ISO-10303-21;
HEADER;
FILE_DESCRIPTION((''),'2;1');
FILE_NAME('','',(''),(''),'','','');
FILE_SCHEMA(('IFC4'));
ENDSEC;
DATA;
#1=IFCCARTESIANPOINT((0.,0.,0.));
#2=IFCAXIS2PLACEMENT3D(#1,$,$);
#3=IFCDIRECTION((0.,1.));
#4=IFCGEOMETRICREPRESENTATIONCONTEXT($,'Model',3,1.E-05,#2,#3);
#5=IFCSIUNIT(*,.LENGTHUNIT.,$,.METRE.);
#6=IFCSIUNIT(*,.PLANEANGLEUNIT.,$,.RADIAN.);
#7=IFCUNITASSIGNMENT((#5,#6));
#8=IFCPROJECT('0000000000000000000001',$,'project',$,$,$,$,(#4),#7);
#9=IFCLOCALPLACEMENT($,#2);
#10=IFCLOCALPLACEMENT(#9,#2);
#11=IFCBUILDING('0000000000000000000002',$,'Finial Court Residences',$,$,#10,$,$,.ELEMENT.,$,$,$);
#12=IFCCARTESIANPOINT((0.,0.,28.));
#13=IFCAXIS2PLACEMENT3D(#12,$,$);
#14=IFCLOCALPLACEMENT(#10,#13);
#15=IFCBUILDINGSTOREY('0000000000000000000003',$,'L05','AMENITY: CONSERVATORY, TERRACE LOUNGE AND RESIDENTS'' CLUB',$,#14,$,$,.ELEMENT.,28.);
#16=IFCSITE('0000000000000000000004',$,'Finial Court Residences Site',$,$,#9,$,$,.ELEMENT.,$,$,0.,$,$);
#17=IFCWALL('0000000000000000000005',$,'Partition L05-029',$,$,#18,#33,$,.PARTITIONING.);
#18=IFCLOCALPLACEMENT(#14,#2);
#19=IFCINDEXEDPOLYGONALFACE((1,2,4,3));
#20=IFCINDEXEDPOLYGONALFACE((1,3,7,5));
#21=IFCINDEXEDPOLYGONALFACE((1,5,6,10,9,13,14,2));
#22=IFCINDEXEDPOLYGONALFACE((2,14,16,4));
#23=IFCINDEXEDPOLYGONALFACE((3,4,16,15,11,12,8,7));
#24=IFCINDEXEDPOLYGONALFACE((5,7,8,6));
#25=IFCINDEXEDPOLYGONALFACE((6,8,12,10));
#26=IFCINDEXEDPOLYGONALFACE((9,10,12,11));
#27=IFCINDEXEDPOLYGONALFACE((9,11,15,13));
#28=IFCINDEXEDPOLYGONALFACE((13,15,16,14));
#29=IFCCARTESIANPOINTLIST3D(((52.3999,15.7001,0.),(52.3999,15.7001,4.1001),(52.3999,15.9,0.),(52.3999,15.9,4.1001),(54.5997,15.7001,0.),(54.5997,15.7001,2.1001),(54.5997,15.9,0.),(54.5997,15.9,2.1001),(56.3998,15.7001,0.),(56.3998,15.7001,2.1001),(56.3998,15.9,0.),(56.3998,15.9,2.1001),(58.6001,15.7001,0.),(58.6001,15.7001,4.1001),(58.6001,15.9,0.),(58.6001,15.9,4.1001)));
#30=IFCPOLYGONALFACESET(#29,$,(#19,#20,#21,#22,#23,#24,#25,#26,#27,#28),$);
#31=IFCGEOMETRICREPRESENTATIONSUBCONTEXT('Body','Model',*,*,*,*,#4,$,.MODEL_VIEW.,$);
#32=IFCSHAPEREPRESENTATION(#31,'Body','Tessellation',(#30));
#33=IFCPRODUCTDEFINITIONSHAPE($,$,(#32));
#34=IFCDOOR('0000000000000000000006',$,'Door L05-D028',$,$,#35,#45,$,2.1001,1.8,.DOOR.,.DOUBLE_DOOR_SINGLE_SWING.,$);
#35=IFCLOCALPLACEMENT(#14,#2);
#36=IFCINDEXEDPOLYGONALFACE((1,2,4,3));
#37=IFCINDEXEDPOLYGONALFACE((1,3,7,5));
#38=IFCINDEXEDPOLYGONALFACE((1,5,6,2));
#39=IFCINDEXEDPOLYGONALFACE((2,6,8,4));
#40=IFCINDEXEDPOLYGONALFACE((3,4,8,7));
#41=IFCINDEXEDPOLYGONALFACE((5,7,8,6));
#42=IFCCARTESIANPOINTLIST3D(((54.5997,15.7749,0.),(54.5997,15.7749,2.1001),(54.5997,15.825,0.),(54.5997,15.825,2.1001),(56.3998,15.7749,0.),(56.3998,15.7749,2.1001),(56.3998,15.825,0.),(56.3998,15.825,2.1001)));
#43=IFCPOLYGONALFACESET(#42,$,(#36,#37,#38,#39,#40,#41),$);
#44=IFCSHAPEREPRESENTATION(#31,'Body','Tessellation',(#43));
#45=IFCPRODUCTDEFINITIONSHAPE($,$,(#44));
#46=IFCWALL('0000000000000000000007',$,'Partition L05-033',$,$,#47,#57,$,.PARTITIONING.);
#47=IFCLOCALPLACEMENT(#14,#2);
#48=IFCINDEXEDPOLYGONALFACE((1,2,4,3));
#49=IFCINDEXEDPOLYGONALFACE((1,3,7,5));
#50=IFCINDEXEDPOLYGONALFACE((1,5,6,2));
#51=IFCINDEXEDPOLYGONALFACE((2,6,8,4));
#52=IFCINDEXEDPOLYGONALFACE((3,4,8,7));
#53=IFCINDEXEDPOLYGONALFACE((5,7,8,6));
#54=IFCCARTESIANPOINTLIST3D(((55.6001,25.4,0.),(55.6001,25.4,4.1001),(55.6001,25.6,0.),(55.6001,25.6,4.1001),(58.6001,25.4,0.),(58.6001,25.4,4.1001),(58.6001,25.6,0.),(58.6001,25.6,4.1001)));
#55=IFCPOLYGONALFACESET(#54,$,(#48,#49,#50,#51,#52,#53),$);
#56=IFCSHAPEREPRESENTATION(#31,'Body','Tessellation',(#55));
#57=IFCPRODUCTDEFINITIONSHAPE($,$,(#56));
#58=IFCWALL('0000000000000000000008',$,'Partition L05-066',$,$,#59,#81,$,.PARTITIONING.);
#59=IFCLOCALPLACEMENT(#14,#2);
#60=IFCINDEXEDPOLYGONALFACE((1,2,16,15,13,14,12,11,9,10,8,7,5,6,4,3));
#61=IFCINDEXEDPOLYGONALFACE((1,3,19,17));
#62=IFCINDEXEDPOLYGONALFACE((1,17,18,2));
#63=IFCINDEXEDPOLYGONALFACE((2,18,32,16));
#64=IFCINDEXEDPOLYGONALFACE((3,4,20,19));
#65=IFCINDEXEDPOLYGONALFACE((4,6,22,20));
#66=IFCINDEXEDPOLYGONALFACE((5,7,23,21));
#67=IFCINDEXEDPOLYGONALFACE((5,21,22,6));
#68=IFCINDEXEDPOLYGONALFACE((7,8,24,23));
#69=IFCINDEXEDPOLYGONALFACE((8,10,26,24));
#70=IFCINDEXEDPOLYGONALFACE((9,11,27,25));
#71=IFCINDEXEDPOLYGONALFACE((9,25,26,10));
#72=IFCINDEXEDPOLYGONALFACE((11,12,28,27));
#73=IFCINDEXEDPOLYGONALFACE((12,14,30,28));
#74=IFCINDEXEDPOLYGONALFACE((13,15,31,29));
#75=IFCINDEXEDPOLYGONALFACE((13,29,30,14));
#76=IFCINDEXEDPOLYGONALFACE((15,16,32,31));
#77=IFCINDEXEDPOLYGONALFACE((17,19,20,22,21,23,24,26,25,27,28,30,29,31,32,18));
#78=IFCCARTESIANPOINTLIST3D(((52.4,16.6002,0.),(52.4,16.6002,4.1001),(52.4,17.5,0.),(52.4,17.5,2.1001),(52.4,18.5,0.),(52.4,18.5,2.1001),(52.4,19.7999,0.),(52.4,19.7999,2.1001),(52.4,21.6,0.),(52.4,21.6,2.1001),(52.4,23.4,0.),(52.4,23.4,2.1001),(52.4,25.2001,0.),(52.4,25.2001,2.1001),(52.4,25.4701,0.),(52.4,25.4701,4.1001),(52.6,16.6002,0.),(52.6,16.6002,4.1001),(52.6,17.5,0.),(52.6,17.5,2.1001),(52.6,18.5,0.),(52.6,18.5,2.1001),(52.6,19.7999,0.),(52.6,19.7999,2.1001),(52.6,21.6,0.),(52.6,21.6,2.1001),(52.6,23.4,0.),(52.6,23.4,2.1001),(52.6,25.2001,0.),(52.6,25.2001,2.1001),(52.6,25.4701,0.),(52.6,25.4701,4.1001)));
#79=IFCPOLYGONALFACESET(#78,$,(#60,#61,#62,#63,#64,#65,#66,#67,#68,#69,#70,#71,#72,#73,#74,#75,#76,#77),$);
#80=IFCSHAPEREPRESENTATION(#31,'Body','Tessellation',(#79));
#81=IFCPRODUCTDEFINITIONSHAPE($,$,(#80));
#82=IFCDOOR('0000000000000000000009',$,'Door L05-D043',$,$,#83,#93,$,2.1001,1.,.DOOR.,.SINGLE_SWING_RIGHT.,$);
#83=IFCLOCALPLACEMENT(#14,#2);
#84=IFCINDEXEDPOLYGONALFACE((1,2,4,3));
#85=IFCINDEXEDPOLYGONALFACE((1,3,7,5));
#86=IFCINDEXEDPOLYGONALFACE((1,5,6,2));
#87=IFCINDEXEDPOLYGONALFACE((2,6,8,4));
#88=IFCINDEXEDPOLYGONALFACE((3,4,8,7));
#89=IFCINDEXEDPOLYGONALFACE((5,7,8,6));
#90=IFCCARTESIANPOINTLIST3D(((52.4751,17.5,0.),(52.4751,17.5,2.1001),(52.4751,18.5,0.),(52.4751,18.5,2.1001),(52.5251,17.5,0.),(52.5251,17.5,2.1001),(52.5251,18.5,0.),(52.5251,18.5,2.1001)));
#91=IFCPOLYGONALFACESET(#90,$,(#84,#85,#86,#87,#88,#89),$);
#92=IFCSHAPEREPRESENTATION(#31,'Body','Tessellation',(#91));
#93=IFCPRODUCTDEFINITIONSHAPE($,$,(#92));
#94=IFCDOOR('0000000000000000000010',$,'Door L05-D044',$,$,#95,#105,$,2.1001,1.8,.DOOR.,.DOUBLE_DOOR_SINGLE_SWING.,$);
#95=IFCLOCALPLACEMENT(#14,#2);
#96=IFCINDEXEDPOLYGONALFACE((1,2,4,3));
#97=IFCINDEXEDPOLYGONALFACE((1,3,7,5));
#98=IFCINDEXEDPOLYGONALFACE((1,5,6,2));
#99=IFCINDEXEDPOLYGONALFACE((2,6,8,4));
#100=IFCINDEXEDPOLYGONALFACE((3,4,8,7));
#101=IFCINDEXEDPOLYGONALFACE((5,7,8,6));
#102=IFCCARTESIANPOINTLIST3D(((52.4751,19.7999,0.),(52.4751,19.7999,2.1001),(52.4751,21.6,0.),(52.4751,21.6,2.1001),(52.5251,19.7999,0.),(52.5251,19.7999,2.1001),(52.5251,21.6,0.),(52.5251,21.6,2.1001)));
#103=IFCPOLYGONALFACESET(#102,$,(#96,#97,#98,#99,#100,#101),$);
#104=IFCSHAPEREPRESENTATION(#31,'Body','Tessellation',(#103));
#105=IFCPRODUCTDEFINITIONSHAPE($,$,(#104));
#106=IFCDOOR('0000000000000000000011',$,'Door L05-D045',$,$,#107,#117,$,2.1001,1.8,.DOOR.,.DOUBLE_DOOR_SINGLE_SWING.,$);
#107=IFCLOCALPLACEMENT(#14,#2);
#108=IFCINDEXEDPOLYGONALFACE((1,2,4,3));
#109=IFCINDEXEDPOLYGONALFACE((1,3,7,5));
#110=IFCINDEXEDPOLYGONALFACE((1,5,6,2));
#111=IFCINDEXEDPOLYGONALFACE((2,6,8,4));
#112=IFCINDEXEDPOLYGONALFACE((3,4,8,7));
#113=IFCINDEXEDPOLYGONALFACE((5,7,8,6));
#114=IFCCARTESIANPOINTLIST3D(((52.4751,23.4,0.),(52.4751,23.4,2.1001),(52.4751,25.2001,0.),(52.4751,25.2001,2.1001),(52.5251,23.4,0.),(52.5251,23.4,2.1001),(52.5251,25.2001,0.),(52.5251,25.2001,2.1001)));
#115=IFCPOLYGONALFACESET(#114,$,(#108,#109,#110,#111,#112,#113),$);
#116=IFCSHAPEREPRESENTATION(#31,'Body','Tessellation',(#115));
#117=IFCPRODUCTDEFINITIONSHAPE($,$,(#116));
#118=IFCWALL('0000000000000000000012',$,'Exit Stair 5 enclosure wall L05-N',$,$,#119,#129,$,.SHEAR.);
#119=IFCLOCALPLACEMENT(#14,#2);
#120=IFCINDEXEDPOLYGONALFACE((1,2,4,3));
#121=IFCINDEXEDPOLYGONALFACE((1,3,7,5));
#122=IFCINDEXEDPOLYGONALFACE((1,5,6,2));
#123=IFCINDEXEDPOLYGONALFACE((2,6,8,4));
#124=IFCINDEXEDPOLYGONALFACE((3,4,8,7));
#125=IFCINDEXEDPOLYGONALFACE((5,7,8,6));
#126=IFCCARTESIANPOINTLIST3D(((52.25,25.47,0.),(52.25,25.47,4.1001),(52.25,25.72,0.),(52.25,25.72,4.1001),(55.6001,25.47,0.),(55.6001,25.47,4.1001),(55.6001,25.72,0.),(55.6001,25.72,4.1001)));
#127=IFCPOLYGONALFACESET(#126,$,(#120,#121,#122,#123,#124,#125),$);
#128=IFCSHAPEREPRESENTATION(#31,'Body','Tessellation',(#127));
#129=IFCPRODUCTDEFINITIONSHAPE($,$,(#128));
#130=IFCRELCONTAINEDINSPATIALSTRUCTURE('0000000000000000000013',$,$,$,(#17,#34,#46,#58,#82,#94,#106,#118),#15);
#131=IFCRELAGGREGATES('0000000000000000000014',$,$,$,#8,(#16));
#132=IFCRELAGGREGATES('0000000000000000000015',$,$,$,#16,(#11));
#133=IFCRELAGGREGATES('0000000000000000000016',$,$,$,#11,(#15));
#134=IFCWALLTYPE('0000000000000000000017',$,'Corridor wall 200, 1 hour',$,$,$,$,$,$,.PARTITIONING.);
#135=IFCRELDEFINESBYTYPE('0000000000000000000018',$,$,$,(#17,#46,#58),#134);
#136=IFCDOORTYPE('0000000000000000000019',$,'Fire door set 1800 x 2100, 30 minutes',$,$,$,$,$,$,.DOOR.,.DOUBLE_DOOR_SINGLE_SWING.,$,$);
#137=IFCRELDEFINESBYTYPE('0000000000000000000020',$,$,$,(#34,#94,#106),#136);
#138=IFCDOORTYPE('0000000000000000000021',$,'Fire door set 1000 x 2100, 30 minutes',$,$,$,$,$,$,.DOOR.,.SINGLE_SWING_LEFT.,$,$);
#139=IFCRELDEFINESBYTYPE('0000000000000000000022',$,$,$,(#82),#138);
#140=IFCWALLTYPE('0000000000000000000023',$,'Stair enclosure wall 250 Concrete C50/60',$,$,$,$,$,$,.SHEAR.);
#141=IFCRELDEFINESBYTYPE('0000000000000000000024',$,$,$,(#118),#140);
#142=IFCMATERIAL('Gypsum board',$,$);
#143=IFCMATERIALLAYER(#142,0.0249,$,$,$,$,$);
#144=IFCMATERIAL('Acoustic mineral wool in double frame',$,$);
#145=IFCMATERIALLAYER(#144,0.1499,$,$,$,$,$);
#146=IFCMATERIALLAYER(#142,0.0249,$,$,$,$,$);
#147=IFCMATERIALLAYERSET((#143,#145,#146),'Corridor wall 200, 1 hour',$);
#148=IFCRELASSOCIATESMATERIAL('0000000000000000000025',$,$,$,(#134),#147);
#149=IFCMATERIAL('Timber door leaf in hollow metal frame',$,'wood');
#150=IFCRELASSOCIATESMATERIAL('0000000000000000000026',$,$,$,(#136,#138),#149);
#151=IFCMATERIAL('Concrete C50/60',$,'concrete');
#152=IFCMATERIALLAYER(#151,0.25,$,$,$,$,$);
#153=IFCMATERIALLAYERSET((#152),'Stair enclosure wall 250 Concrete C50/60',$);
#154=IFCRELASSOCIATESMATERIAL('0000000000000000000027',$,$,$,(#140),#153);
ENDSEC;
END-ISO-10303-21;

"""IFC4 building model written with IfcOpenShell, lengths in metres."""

from ifc_helpers import new_model, si_unit, direction, frame, frame_2d, origin, place, context, subcontext, project, spatial, rectangle, extrude, material, layer, layer_set, type_object, element, fill, save


model = new_model("IFC4")

# Units and contexts
model_context = context("Model", 3, precision=1e-05, world=origin(), true_north=direction((0.0, 1.0)))
body_context = subcontext(model_context, "Body", "Model", "MODEL_VIEW")
ifc_project = project(units=[si_unit("LENGTHUNIT", "METRE"), si_unit("PLANEANGLEUNIT", "RADIAN")], contexts=[model_context])

# Site, building, storey
site_placement = place(None, origin())
site = spatial("IfcSite", under=ifc_project, at=site_placement, Name="Finial Court Residences Site", CompositionType="ELEMENT", RefElevation=0.0)
building_placement = place(site_placement, origin())
building = spatial("IfcBuilding", under=site, at=building_placement, Name="Finial Court Residences", CompositionType="ELEMENT")
storey_placement = place(building_placement, frame((0.0, 0.0, 28.0)))
storey = spatial("IfcBuildingStorey", under=building, at=storey_placement, Name="L05", Description="AMENITY: CONSERVATORY, TERRACE LOUNGE AND RESIDENTS' CLUB", CompositionType="ELEMENT", Elevation=28.0)

# Shared definitions
ifc_material_1 = material(Name="Concrete C50/60", Category="concrete")

# Wall, opening, door
ifc_material_2 = material(Name="Gypsum board")
ifc_layer_1 = layer(ifc_material_2, 0.0249)
ifc_material_3 = material(Name="Acoustic mineral wool in double frame")
ifc_layer_2 = layer(ifc_material_3, 0.1499)
ifc_layer_3 = layer(ifc_material_2, 0.0249)
ifc_layer_set_1 = layer_set([ifc_layer_1, ifc_layer_2, ifc_layer_3], Name="Corridor wall 200, 1 hour")
wall_type_1 = type_object("IfcWallType", Name="Corridor wall 200, 1 hour", PredefinedType="PARTITIONING", material=ifc_layer_set_1)
wall_1_placement = place(storey_placement, frame((52.3999, 15.8, 0.0), z_axis=(0.0, 0.0, 1.0), x_axis=(1.0, 0.0, 0.0)))
wall_1 = element("IfcWall", 1, at=wall_1_placement, inside=storey, type_object=wall_type_1, Name="Partition L05-029", PredefinedType="PARTITIONING", context=body_context, shape_type="SweptSolid", body=[
    extrude(rectangle(XDim=6.2002, YDim=0.2, at=frame_2d((3.1001, 0.0))), origin(), (0.0, 0.0, 1.0), 4.1001),
])
opening_1_placement = place(wall_1_placement, frame((2.2, 0.0, 0.0)))
opening_1 = element("IfcOpeningElement", 2, at=opening_1_placement, cuts=wall_1, PredefinedType="OPENING", context=body_context, shape_type="SweptSolid", body=[
    extrude(rectangle(XDim=1.8, YDim=2.1001, at=frame_2d((0.8999, 1.05))), frame((0.0, 0.1099, 0.0), z_axis=(0.0, -1.0, 0.0), x_axis=(1.0, 0.0, 0.0)), (0.0, 0.0, 1.0), 0.22),
])
ifc_material_4 = material(Name="Timber door leaf in hollow metal frame", Category="wood")
door_type_1 = type_object("IfcDoorType", Name="Fire door set 1800 x 2100, 30 minutes", OperationType="DOUBLE_DOOR_SINGLE_SWING", PredefinedType="DOOR", material=ifc_material_4)
door_1_placement = place(opening_1_placement, origin())
door_1 = element("IfcDoor", 3, at=door_1_placement, inside=storey, type_object=door_type_1, Name="Door L05-D028", OperationType="DOUBLE_DOOR_SINGLE_SWING", OverallHeight=2.1001, OverallWidth=1.8, PredefinedType="DOOR", context=body_context, shape_type="SweptSolid", body=[
    extrude(rectangle(XDim=1.8, YDim=2.1001, at=frame_2d((0.8999, 1.05))), frame((0.0, 0.0249, 0.0), z_axis=(0.0, -1.0, 0.0), x_axis=(1.0, 0.0, 0.0)), (0.0, 0.0, 1.0), 0.05),
])
fill(opening_1, door_1)

# Wall
wall_2_placement = place(storey_placement, frame((55.6001, 25.5, 0.0), z_axis=(0.0, 0.0, 1.0), x_axis=(1.0, 0.0, 0.0)))
element("IfcWall", 4, at=wall_2_placement, inside=storey, type_object=wall_type_1, Name="Partition L05-033", PredefinedType="PARTITIONING", context=body_context, shape_type="SweptSolid", body=[
    extrude(rectangle(XDim=3.0, YDim=0.2, at=frame_2d((1.5, 0.0))), origin(), (0.0, 0.0, 1.0), 4.1001),
])

# Wall, openings, doors
wall_3_placement = place(storey_placement, frame((52.5, 16.6001, 0.0), z_axis=(0.0, 0.0, 1.0), x_axis=(0.0, 1.0, 0.0)))
wall_3 = element("IfcWall", 5, at=wall_3_placement, inside=storey, type_object=wall_type_1, Name="Partition L05-066", PredefinedType="PARTITIONING", context=body_context, shape_type="SweptSolid", body=[
    extrude(rectangle(XDim=8.8699, YDim=0.2, at=frame_2d((4.4351, 0.0))), origin(), (0.0, 0.0, 1.0), 4.1001),
])
opening_2_placement = place(wall_3_placement, frame((0.8999, 0.0, 0.0)))
opening_2 = element("IfcOpeningElement", 6, at=opening_2_placement, cuts=wall_3, PredefinedType="OPENING", context=body_context, shape_type="SweptSolid", body=[
    extrude(rectangle(XDim=1.0, YDim=2.1001, at=frame_2d((0.5, 1.05))), frame((0.0, 0.1099, 0.0), z_axis=(0.0, -1.0, 0.0), x_axis=(1.0, 0.0, 0.0)), (0.0, 0.0, 1.0), 0.22),
])
opening_3_placement = place(wall_3_placement, frame((3.2, 0.0, 0.0)))
opening_3 = element("IfcOpeningElement", 7, at=opening_3_placement, cuts=wall_3, PredefinedType="OPENING", context=body_context, shape_type="SweptSolid", body=[
    extrude(rectangle(XDim=1.8, YDim=2.1001, at=frame_2d((0.8999, 1.05))), frame((0.0, 0.1099, 0.0), z_axis=(0.0, -1.0, 0.0), x_axis=(1.0, 0.0, 0.0)), (0.0, 0.0, 1.0), 0.22),
])
opening_4_placement = place(wall_3_placement, frame((6.8, 0.0, 0.0)))
opening_4 = element("IfcOpeningElement", 8, at=opening_4_placement, cuts=wall_3, PredefinedType="OPENING", context=body_context, shape_type="SweptSolid", body=[
    extrude(rectangle(XDim=1.8, YDim=2.1001, at=frame_2d((0.8999, 1.05))), frame((0.0, 0.1099, 0.0), z_axis=(0.0, -1.0, 0.0), x_axis=(1.0, 0.0, 0.0)), (0.0, 0.0, 1.0), 0.22),
])
door_type_2 = type_object("IfcDoorType", Name="Fire door set 1000 x 2100, 30 minutes", OperationType="SINGLE_SWING_LEFT", PredefinedType="DOOR", material=ifc_material_4)
door_2_placement = place(opening_2_placement, origin())
door_2 = element("IfcDoor", 9, at=door_2_placement, inside=storey, type_object=door_type_2, Name="Door L05-D043", OperationType="SINGLE_SWING_RIGHT", OverallHeight=2.1001, OverallWidth=1.0, PredefinedType="DOOR", context=body_context, shape_type="SweptSolid", body=[
    extrude(rectangle(XDim=1.0, YDim=2.1001, at=frame_2d((0.5, 1.05))), frame((0.0, 0.0249, 0.0), z_axis=(0.0, -1.0, 0.0), x_axis=(1.0, 0.0, 0.0)), (0.0, 0.0, 1.0), 0.05),
])
fill(opening_2, door_2)
door_3_placement = place(opening_3_placement, origin())
door_3 = element("IfcDoor", 10, at=door_3_placement, inside=storey, type_object=door_type_1, Name="Door L05-D044", OperationType="DOUBLE_DOOR_SINGLE_SWING", OverallHeight=2.1001, OverallWidth=1.8, PredefinedType="DOOR", context=body_context, shape_type="SweptSolid", body=[
    extrude(rectangle(XDim=1.8, YDim=2.1001, at=frame_2d((0.8999, 1.05))), frame((0.0, 0.0249, 0.0), z_axis=(0.0, -1.0, 0.0), x_axis=(1.0, 0.0, 0.0)), (0.0, 0.0, 1.0), 0.05),
])
fill(opening_3, door_3)
door_4_placement = place(opening_4_placement, origin())
door_4 = element("IfcDoor", 11, at=door_4_placement, inside=storey, type_object=door_type_1, Name="Door L05-D045", OperationType="DOUBLE_DOOR_SINGLE_SWING", OverallHeight=2.1001, OverallWidth=1.8, PredefinedType="DOOR", context=body_context, shape_type="SweptSolid", body=[
    extrude(rectangle(XDim=1.8, YDim=2.1001, at=frame_2d((0.8999, 1.05))), frame((0.0, 0.0249, 0.0), z_axis=(0.0, -1.0, 0.0), x_axis=(1.0, 0.0, 0.0)), (0.0, 0.0, 1.0), 0.05),
])
fill(opening_4, door_4)

# Wall
ifc_layer_4 = layer(ifc_material_1, 0.25)
ifc_layer_set_2 = layer_set([ifc_layer_4], Name="Stair enclosure wall 250 Concrete C50/60")
wall_type_2 = type_object("IfcWallType", Name="Stair enclosure wall 250 Concrete C50/60", PredefinedType="SHEAR", material=ifc_layer_set_2)
wall_4_placement = place(storey_placement, frame((52.25, 25.595, 0.0), z_axis=(0.0, 0.0, 1.0), x_axis=(1.0, 0.0, 0.0)))
element("IfcWall", 12, at=wall_4_placement, inside=storey, type_object=wall_type_2, Name="Exit Stair 5 enclosure wall L05-N", PredefinedType="SHEAR", context=body_context, shape_type="SweptSolid", body=[
    extrude(rectangle(XDim=3.3501, YDim=0.25, at=frame_2d((1.675, 0.0))), origin(), (0.0, 0.0, 1.0), 4.1001),
])

save(model, "model.ifc")
